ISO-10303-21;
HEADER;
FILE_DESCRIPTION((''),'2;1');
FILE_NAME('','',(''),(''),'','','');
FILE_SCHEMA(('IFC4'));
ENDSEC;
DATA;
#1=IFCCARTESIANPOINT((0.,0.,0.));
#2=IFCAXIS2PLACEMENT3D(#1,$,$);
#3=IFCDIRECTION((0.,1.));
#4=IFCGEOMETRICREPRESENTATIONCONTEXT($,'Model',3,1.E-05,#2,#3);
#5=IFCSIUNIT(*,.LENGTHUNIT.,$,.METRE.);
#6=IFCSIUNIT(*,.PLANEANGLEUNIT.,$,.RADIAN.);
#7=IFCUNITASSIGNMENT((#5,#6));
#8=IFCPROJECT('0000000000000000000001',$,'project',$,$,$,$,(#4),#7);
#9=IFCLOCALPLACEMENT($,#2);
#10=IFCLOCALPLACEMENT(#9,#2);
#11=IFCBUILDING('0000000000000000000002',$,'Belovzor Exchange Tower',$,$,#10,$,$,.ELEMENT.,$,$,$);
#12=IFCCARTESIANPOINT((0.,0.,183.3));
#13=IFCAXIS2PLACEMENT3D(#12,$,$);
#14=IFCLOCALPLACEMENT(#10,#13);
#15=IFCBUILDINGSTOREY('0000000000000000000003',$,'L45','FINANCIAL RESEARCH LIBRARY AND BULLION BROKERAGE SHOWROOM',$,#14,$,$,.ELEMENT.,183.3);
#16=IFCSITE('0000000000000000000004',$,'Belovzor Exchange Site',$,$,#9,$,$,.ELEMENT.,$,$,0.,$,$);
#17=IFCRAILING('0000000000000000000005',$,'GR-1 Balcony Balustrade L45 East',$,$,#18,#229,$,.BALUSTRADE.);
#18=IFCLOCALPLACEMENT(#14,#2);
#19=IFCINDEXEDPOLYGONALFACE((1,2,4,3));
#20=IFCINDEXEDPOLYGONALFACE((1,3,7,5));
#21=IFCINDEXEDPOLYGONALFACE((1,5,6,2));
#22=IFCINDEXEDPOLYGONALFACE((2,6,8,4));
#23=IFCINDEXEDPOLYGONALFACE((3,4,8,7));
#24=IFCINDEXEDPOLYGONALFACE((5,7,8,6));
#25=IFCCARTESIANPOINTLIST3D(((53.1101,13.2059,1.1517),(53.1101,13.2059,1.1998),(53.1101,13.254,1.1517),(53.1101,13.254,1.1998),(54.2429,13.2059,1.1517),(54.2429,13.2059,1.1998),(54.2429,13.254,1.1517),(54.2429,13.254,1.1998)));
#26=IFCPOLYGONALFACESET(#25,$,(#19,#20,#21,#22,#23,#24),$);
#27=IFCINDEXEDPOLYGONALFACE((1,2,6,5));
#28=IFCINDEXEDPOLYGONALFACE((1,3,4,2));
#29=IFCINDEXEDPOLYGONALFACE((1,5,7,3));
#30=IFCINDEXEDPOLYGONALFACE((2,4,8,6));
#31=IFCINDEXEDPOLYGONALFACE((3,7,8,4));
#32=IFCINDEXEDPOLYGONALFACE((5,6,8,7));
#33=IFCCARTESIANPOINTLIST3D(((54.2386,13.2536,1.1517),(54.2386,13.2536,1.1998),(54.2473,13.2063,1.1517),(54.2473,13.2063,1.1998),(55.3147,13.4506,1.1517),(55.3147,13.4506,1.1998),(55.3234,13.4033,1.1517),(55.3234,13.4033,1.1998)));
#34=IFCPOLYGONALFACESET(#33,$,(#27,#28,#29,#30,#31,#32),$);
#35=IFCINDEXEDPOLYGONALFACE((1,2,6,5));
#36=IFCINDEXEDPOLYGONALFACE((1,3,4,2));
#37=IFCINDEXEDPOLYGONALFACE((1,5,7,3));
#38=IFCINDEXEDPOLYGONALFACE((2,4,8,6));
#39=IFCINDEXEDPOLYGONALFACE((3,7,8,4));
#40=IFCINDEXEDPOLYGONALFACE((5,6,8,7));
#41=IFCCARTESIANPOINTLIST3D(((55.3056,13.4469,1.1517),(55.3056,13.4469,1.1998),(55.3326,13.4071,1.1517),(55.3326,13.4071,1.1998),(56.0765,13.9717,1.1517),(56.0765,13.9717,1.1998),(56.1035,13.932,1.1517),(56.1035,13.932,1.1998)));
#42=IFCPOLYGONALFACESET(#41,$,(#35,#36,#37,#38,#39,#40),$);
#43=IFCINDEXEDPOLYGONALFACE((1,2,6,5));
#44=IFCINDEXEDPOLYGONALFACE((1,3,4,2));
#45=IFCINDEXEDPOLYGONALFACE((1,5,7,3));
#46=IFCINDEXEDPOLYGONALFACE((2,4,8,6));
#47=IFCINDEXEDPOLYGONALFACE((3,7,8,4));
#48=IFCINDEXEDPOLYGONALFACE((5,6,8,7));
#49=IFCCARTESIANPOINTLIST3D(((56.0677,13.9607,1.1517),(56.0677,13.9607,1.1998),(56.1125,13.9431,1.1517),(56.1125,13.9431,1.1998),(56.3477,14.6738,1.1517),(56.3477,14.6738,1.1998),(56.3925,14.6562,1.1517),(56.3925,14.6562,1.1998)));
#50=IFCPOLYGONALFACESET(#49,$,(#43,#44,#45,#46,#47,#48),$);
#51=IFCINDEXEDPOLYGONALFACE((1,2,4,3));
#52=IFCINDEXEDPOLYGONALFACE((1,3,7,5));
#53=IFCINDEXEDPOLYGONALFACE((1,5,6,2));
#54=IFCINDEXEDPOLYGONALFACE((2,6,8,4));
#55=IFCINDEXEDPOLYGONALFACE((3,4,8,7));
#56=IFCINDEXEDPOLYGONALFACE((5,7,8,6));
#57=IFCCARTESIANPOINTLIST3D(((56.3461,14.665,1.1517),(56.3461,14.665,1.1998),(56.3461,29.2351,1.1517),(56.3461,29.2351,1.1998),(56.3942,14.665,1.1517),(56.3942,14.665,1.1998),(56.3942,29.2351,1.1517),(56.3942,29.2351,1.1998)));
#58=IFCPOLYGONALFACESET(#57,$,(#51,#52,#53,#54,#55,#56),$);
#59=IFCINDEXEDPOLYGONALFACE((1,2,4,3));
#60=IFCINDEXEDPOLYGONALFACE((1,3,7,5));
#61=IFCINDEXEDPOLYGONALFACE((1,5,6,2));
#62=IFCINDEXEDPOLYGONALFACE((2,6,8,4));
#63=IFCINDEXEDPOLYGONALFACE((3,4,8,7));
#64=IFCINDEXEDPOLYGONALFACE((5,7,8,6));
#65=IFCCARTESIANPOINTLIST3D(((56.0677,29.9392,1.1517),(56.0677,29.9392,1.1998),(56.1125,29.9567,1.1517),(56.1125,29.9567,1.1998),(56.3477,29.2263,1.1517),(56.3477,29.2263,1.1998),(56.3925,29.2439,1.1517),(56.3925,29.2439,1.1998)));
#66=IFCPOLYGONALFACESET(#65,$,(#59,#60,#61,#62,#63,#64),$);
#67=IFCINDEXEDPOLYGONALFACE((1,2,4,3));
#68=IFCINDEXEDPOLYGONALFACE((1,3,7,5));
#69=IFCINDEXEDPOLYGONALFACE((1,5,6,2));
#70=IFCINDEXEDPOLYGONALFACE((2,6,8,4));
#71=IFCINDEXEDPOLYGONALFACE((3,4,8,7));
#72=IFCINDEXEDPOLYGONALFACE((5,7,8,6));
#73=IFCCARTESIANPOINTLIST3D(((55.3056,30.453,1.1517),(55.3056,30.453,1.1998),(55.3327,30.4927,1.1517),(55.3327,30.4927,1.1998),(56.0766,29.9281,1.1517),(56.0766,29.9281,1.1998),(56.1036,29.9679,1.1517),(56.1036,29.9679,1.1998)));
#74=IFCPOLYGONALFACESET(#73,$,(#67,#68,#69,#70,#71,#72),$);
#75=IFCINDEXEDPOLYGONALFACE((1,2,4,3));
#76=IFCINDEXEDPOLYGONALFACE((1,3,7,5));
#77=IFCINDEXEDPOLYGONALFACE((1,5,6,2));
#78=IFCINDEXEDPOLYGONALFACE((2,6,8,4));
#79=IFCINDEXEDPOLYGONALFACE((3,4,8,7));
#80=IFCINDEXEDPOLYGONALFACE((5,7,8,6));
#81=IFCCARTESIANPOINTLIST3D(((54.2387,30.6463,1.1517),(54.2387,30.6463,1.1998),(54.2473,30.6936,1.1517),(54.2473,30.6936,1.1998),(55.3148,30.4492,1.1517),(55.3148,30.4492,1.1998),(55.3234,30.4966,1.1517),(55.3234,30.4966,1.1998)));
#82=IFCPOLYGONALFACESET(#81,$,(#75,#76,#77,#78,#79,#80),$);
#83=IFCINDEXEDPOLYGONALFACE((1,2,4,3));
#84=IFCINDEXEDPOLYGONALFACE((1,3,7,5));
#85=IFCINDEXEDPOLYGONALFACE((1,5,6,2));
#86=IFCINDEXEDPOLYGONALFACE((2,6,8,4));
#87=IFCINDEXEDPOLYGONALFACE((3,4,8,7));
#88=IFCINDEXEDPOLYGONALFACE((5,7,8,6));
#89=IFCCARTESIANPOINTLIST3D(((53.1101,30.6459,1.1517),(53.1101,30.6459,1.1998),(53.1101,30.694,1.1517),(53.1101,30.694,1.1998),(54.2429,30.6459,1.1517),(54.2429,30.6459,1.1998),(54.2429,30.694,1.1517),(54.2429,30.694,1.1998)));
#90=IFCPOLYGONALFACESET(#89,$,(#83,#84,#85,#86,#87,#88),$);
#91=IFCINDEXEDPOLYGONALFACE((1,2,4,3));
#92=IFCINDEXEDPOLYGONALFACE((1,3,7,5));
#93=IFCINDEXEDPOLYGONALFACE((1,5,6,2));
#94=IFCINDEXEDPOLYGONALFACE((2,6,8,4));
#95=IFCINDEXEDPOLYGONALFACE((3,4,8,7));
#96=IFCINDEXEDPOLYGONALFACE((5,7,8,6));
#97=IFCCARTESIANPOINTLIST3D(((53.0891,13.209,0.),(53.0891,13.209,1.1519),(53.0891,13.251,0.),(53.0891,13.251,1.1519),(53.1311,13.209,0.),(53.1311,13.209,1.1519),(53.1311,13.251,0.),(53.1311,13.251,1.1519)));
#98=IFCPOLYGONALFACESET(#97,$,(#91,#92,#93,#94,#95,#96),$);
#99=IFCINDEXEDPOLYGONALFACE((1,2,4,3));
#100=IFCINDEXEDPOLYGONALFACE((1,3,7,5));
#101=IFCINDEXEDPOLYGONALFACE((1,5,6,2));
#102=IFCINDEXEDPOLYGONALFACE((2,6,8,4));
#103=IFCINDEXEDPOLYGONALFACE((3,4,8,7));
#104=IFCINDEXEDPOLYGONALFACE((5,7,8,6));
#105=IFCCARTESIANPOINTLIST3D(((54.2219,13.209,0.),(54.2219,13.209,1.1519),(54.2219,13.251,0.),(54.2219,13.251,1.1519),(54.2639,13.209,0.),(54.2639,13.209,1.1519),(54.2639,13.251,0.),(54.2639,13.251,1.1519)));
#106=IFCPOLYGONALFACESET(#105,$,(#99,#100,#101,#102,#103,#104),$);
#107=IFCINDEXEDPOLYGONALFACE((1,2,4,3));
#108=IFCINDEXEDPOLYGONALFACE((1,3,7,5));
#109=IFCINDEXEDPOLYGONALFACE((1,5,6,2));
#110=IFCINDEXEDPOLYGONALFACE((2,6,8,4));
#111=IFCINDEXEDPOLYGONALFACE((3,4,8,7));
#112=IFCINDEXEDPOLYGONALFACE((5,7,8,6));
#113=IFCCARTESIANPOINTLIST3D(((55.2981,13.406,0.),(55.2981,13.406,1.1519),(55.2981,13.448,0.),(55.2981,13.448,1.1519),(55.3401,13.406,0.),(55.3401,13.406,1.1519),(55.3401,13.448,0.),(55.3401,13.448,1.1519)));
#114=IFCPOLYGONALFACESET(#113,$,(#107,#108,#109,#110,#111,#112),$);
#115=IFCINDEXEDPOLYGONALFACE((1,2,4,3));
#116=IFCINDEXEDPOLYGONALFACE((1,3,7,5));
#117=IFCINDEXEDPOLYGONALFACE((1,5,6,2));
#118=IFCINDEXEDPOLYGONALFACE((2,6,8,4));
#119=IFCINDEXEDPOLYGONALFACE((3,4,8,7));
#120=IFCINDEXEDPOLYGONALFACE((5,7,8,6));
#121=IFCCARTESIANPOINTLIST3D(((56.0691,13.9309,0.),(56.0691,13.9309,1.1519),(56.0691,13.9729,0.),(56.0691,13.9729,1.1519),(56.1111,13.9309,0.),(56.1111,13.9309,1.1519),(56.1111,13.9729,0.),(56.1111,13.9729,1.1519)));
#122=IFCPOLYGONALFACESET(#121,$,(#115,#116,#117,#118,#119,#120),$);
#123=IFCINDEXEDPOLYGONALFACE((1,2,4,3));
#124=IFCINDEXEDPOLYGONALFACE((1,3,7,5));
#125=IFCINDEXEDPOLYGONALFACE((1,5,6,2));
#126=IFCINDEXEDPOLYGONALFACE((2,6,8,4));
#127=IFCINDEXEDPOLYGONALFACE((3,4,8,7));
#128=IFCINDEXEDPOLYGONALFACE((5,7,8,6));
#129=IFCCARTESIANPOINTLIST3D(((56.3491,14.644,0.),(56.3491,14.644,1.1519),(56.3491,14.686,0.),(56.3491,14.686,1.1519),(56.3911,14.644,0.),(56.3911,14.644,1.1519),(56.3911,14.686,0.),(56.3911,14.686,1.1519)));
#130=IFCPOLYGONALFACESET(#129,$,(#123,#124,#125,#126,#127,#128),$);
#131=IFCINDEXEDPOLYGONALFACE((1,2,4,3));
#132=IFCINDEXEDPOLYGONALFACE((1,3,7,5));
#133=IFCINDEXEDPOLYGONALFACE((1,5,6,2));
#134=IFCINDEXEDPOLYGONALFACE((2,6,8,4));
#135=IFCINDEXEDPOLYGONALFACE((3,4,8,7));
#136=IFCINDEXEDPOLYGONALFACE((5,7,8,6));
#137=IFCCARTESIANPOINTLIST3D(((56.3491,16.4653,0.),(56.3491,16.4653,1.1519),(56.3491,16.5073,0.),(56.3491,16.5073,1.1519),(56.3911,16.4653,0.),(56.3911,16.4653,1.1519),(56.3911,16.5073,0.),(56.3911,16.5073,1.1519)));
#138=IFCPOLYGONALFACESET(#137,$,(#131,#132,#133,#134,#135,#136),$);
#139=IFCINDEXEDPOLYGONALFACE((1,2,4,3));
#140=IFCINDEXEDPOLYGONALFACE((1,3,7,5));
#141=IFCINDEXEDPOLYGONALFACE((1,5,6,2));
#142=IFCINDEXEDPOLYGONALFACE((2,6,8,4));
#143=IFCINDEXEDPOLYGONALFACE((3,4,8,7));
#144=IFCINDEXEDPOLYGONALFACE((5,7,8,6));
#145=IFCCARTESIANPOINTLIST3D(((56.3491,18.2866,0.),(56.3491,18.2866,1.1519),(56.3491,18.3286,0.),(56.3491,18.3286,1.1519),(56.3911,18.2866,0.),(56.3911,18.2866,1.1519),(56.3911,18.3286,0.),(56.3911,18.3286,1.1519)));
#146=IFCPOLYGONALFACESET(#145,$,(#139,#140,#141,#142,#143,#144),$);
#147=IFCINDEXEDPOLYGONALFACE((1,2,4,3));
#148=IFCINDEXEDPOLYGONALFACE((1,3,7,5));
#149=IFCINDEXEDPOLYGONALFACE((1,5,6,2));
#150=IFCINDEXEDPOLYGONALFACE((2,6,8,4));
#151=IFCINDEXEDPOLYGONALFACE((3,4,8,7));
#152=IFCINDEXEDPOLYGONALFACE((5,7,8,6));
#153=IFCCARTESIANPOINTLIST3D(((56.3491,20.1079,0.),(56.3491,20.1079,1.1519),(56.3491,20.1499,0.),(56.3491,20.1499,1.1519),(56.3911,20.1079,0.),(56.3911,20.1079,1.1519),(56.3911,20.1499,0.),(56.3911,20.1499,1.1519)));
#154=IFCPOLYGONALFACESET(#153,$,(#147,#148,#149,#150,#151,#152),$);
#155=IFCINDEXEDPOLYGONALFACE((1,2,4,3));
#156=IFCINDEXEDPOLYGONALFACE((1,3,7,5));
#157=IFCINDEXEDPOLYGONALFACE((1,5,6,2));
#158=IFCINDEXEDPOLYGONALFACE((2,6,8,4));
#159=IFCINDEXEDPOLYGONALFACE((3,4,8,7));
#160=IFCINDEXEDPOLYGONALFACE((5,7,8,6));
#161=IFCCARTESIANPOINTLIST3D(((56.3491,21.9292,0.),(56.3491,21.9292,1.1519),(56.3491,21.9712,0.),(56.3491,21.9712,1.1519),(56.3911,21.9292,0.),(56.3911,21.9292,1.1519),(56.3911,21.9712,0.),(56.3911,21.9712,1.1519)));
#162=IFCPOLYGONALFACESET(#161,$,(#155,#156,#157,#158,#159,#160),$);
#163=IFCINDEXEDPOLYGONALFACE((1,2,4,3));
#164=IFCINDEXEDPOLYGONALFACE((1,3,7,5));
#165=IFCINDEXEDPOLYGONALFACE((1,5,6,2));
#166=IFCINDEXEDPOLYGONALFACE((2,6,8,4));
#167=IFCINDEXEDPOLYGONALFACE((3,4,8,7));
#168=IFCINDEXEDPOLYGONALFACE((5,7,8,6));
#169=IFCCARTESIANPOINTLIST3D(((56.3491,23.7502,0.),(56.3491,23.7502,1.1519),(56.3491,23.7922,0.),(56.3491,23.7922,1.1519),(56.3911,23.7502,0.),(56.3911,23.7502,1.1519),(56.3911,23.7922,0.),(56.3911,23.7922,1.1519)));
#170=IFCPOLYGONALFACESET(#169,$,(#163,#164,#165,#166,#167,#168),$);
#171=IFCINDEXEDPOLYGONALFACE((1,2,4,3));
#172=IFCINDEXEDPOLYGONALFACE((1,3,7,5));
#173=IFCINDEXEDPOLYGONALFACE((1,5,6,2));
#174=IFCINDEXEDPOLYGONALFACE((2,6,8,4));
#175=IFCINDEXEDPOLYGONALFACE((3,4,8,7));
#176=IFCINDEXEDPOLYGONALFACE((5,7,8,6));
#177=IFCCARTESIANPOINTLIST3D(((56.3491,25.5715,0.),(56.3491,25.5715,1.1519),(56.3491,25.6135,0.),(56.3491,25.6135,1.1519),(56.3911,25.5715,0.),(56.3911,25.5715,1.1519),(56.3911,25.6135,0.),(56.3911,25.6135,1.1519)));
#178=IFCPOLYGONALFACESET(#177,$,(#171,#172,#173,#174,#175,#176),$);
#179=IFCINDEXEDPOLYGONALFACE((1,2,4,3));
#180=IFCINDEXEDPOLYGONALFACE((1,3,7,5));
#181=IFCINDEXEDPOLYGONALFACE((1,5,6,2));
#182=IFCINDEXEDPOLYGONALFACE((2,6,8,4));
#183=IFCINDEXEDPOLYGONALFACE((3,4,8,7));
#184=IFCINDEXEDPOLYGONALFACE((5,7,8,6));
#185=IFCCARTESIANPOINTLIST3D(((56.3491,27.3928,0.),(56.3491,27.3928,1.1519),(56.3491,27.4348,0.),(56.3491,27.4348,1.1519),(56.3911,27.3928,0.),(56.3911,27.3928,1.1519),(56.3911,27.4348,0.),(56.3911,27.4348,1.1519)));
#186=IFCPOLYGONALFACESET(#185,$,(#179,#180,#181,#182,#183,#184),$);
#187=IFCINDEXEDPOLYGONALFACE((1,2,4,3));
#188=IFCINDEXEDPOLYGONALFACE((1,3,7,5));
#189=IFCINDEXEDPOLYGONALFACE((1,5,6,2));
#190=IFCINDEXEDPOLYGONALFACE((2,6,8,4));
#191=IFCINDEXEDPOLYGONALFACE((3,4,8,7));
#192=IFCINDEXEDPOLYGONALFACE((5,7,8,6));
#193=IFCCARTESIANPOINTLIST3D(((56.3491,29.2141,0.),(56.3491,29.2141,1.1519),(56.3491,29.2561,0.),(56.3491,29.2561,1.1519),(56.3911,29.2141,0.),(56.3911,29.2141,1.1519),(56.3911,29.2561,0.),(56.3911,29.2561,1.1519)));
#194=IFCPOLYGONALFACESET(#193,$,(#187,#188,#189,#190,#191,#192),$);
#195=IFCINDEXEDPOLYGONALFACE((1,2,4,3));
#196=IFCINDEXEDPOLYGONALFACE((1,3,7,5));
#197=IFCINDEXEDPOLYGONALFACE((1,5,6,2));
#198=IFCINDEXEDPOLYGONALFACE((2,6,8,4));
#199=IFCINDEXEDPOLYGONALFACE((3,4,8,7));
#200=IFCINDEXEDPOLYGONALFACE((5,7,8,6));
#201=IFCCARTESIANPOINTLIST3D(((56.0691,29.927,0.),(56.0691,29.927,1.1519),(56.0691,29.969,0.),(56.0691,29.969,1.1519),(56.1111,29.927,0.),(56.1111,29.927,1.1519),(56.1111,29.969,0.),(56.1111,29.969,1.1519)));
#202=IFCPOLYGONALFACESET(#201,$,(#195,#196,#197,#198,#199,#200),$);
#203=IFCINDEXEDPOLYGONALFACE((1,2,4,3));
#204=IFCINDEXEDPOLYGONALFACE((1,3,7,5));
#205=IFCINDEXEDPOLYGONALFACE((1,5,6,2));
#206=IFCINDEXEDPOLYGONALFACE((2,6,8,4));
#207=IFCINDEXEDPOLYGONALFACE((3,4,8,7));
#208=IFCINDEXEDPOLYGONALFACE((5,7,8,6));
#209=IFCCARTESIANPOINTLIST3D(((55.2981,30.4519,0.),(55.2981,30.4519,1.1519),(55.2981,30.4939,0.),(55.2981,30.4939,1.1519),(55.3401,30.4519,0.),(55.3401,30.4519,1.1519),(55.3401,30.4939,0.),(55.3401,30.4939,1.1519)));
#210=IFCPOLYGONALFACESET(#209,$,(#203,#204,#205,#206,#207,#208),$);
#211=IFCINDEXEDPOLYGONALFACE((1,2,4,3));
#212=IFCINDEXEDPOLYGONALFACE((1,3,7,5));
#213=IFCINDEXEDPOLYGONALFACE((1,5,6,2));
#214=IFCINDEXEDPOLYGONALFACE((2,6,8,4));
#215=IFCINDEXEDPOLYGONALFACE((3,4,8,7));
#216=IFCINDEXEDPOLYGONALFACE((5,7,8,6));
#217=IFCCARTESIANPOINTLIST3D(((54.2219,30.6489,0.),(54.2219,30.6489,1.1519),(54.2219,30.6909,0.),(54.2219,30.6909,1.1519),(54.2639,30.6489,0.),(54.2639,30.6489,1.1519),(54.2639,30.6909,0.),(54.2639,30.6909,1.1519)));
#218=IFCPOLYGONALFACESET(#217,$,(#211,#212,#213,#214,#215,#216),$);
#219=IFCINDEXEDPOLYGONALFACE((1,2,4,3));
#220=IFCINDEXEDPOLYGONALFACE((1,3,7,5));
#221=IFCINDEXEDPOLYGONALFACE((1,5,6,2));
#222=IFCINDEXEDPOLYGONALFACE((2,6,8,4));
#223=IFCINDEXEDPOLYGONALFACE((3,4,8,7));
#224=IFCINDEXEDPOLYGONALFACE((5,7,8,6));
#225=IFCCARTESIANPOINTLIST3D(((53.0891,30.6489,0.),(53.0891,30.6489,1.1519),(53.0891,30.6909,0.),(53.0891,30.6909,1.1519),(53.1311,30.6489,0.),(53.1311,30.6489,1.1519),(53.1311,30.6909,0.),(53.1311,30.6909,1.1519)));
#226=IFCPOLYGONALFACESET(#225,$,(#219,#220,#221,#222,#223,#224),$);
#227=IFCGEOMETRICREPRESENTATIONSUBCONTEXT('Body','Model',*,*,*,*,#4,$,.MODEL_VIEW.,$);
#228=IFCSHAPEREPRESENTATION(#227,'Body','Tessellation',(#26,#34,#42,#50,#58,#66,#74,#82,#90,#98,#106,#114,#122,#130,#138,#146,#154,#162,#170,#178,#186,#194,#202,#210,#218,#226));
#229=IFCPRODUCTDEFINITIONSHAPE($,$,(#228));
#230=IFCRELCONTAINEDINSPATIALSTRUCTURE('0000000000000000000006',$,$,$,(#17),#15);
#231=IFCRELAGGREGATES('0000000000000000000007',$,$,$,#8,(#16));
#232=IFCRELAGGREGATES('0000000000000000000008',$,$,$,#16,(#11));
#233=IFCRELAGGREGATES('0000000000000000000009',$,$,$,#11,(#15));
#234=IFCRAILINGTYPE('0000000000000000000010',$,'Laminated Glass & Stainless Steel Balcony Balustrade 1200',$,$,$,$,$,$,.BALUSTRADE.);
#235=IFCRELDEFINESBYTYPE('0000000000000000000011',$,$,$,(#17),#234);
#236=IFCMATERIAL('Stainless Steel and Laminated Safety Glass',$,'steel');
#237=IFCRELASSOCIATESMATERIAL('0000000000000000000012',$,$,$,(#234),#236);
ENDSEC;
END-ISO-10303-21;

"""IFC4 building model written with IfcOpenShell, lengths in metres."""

from ifc_helpers import new_model, si_unit, direction, frame, origin, origin_2d, place, context, subcontext, project, spatial, rectangle, extrude, material, type_object, element, save


model = new_model("IFC4")

# Units and contexts
model_context = context("Model", 3, precision=1e-05, world=origin(), true_north=direction((0.0, 1.0)))
body_context = subcontext(model_context, "Body", "Model", "MODEL_VIEW")
ifc_project = project(units=[si_unit("LENGTHUNIT", "METRE"), si_unit("PLANEANGLEUNIT", "RADIAN")], contexts=[model_context])

# Site, building, storey
site_placement = place(None, origin())
site = spatial("IfcSite", under=ifc_project, at=site_placement, Name="Belovzor Exchange Site", CompositionType="ELEMENT", RefElevation=0.0)
building_placement = place(site_placement, origin())
building = spatial("IfcBuilding", under=site, at=building_placement, Name="Belovzor Exchange Tower", CompositionType="ELEMENT")
storey_placement = place(building_placement, frame((0.0, 0.0, 183.3)))
storey = spatial("IfcBuildingStorey", under=building, at=storey_placement, Name="L45", Description="FINANCIAL RESEARCH LIBRARY AND BULLION BROKERAGE SHOWROOM", CompositionType="ELEMENT", Elevation=183.3)

# Railing
ifc_material_1 = material(Name="Stainless Steel and Laminated Safety Glass", Category="steel")
railing_type = type_object("IfcRailingType", Name="Laminated Glass & Stainless Steel Balcony Balustrade 1200", PredefinedType="BALUSTRADE", material=ifc_material_1)
railing_placement = place(storey_placement, frame((53.1101, 13.23, 0.0)))
element("IfcRailing", 1, at=railing_placement, inside=storey, type_object=railing_type, Name="GR-1 Balcony Balustrade L45 East", PredefinedType="BALUSTRADE", context=body_context, shape_type="SweptSolid", body=[
    extrude(rectangle(XDim=0.0481, YDim=0.0481, at=origin_2d()), frame((0.0, 0.0, 1.1758), z_axis=(1.0, 0.0, 0.0), x_axis=(0.0, 1.0, 0.0)), (0.0, 0.0, 1.0), 1.1328),
    extrude(rectangle(XDim=0.0481, YDim=0.0481, at=origin_2d()), frame((1.1328, 0.0, 1.1758), z_axis=(0.983651, 0.180083, 0.0), x_axis=(-0.180083, 0.983651, 0.0)), (0.0, 0.0, 1.0), 1.094),
    extrude(rectangle(XDim=0.0481, YDim=0.0481, at=origin_2d()), frame((2.209, 0.197, 1.1758), z_axis=(0.826615, 0.562768, 0.0), x_axis=(-0.562768, 0.826615, 0.0)), (0.0, 0.0, 1.0), 0.9326),
    extrude(rectangle(XDim=0.0481, YDim=0.0481, at=origin_2d()), frame((2.98, 0.7219, 1.1758), z_axis=(0.365504, 0.93081, 0.0), x_axis=(-0.93081, 0.365504, 0.0)), (0.0, 0.0, 1.0), 0.7661),
    extrude(rectangle(XDim=0.0481, YDim=0.0481, at=origin_2d()), frame((3.26, 1.4351, 1.1758), z_axis=(0.0, 1.0, 0.0), x_axis=(-1.0, 0.0, 0.0)), (0.0, 0.0, 1.0), 14.5701),
    extrude(rectangle(XDim=0.0481, YDim=0.0481, at=origin_2d()), frame((3.26, 16.0051, 1.1758), z_axis=(-0.365613, 0.930767, 0.0), x_axis=(-0.930767, -0.365613, 0.0)), (0.0, 0.0, 1.0), 0.7659),
    extrude(rectangle(XDim=0.0481, YDim=0.0481, at=origin_2d()), frame((2.98, 16.718, 1.1758), z_axis=(-0.826615, 0.562768, 0.0), x_axis=(-0.562768, -0.826615, 0.0)), (0.0, 0.0, 1.0), 0.9326),
    extrude(rectangle(XDim=0.0481, YDim=0.0481, at=origin_2d()), frame((2.209, 17.2429, 1.1758), z_axis=(-0.983651, 0.180083, 0.0), x_axis=(-0.180083, -0.983651, 0.0)), (0.0, 0.0, 1.0), 1.094),
    extrude(rectangle(XDim=0.0481, YDim=0.0481, at=origin_2d()), frame((1.1328, 17.4399, 1.1758), z_axis=(-1.0, 0.0, 0.0), x_axis=(0.0, -1.0, 0.0)), (0.0, 0.0, 1.0), 1.1328),
    extrude(rectangle(XDim=0.042, YDim=0.042, at=origin_2d()), origin(), (0.0, 0.0, 1.0), 1.1519),
    extrude(rectangle(XDim=0.042, YDim=0.042, at=origin_2d()), frame((1.1328, 0.0, 0.0)), (0.0, 0.0, 1.0), 1.1519),
    extrude(rectangle(XDim=0.042, YDim=0.042, at=origin_2d()), frame((2.209, 0.197, 0.0)), (0.0, 0.0, 1.0), 1.1519),
    extrude(rectangle(XDim=0.042, YDim=0.042, at=origin_2d()), frame((2.98, 0.7219, 0.0)), (0.0, 0.0, 1.0), 1.1519),
    extrude(rectangle(XDim=0.042, YDim=0.042, at=origin_2d()), frame((3.26, 1.4351, 0.0)), (0.0, 0.0, 1.0), 1.1519),
    extrude(rectangle(XDim=0.042, YDim=0.042, at=origin_2d()), frame((3.26, 3.2563, 0.0)), (0.0, 0.0, 1.0), 1.1519),
    extrude(rectangle(XDim=0.042, YDim=0.042, at=origin_2d()), frame((3.26, 5.0776, 0.0)), (0.0, 0.0, 1.0), 1.1519),
    extrude(rectangle(XDim=0.042, YDim=0.042, at=origin_2d()), frame((3.26, 6.8989, 0.0)), (0.0, 0.0, 1.0), 1.1519),
    extrude(rectangle(XDim=0.042, YDim=0.042, at=origin_2d()), frame((3.26, 8.7202, 0.0)), (0.0, 0.0, 1.0), 1.1519),
    extrude(rectangle(XDim=0.042, YDim=0.042, at=origin_2d()), frame((3.26, 10.5413, 0.0)), (0.0, 0.0, 1.0), 1.1519),
    extrude(rectangle(XDim=0.042, YDim=0.042, at=origin_2d()), frame((3.26, 12.3625, 0.0)), (0.0, 0.0, 1.0), 1.1519),
    extrude(rectangle(XDim=0.042, YDim=0.042, at=origin_2d()), frame((3.26, 14.1838, 0.0)), (0.0, 0.0, 1.0), 1.1519),
    extrude(rectangle(XDim=0.042, YDim=0.042, at=origin_2d()), frame((3.26, 16.0051, 0.0)), (0.0, 0.0, 1.0), 1.1519),
    extrude(rectangle(XDim=0.042, YDim=0.042, at=origin_2d()), frame((2.98, 16.718, 0.0)), (0.0, 0.0, 1.0), 1.1519),
    extrude(rectangle(XDim=0.042, YDim=0.042, at=origin_2d()), frame((2.209, 17.2429, 0.0)), (0.0, 0.0, 1.0), 1.1519),
    extrude(rectangle(XDim=0.042, YDim=0.042, at=origin_2d()), frame((1.1328, 17.4399, 0.0)), (0.0, 0.0, 1.0), 1.1519),
    extrude(rectangle(XDim=0.042, YDim=0.042, at=origin_2d()), frame((0.0, 17.4399, 0.0)), (0.0, 0.0, 1.0), 1.1519),
])

save(model, "model.ifc")
